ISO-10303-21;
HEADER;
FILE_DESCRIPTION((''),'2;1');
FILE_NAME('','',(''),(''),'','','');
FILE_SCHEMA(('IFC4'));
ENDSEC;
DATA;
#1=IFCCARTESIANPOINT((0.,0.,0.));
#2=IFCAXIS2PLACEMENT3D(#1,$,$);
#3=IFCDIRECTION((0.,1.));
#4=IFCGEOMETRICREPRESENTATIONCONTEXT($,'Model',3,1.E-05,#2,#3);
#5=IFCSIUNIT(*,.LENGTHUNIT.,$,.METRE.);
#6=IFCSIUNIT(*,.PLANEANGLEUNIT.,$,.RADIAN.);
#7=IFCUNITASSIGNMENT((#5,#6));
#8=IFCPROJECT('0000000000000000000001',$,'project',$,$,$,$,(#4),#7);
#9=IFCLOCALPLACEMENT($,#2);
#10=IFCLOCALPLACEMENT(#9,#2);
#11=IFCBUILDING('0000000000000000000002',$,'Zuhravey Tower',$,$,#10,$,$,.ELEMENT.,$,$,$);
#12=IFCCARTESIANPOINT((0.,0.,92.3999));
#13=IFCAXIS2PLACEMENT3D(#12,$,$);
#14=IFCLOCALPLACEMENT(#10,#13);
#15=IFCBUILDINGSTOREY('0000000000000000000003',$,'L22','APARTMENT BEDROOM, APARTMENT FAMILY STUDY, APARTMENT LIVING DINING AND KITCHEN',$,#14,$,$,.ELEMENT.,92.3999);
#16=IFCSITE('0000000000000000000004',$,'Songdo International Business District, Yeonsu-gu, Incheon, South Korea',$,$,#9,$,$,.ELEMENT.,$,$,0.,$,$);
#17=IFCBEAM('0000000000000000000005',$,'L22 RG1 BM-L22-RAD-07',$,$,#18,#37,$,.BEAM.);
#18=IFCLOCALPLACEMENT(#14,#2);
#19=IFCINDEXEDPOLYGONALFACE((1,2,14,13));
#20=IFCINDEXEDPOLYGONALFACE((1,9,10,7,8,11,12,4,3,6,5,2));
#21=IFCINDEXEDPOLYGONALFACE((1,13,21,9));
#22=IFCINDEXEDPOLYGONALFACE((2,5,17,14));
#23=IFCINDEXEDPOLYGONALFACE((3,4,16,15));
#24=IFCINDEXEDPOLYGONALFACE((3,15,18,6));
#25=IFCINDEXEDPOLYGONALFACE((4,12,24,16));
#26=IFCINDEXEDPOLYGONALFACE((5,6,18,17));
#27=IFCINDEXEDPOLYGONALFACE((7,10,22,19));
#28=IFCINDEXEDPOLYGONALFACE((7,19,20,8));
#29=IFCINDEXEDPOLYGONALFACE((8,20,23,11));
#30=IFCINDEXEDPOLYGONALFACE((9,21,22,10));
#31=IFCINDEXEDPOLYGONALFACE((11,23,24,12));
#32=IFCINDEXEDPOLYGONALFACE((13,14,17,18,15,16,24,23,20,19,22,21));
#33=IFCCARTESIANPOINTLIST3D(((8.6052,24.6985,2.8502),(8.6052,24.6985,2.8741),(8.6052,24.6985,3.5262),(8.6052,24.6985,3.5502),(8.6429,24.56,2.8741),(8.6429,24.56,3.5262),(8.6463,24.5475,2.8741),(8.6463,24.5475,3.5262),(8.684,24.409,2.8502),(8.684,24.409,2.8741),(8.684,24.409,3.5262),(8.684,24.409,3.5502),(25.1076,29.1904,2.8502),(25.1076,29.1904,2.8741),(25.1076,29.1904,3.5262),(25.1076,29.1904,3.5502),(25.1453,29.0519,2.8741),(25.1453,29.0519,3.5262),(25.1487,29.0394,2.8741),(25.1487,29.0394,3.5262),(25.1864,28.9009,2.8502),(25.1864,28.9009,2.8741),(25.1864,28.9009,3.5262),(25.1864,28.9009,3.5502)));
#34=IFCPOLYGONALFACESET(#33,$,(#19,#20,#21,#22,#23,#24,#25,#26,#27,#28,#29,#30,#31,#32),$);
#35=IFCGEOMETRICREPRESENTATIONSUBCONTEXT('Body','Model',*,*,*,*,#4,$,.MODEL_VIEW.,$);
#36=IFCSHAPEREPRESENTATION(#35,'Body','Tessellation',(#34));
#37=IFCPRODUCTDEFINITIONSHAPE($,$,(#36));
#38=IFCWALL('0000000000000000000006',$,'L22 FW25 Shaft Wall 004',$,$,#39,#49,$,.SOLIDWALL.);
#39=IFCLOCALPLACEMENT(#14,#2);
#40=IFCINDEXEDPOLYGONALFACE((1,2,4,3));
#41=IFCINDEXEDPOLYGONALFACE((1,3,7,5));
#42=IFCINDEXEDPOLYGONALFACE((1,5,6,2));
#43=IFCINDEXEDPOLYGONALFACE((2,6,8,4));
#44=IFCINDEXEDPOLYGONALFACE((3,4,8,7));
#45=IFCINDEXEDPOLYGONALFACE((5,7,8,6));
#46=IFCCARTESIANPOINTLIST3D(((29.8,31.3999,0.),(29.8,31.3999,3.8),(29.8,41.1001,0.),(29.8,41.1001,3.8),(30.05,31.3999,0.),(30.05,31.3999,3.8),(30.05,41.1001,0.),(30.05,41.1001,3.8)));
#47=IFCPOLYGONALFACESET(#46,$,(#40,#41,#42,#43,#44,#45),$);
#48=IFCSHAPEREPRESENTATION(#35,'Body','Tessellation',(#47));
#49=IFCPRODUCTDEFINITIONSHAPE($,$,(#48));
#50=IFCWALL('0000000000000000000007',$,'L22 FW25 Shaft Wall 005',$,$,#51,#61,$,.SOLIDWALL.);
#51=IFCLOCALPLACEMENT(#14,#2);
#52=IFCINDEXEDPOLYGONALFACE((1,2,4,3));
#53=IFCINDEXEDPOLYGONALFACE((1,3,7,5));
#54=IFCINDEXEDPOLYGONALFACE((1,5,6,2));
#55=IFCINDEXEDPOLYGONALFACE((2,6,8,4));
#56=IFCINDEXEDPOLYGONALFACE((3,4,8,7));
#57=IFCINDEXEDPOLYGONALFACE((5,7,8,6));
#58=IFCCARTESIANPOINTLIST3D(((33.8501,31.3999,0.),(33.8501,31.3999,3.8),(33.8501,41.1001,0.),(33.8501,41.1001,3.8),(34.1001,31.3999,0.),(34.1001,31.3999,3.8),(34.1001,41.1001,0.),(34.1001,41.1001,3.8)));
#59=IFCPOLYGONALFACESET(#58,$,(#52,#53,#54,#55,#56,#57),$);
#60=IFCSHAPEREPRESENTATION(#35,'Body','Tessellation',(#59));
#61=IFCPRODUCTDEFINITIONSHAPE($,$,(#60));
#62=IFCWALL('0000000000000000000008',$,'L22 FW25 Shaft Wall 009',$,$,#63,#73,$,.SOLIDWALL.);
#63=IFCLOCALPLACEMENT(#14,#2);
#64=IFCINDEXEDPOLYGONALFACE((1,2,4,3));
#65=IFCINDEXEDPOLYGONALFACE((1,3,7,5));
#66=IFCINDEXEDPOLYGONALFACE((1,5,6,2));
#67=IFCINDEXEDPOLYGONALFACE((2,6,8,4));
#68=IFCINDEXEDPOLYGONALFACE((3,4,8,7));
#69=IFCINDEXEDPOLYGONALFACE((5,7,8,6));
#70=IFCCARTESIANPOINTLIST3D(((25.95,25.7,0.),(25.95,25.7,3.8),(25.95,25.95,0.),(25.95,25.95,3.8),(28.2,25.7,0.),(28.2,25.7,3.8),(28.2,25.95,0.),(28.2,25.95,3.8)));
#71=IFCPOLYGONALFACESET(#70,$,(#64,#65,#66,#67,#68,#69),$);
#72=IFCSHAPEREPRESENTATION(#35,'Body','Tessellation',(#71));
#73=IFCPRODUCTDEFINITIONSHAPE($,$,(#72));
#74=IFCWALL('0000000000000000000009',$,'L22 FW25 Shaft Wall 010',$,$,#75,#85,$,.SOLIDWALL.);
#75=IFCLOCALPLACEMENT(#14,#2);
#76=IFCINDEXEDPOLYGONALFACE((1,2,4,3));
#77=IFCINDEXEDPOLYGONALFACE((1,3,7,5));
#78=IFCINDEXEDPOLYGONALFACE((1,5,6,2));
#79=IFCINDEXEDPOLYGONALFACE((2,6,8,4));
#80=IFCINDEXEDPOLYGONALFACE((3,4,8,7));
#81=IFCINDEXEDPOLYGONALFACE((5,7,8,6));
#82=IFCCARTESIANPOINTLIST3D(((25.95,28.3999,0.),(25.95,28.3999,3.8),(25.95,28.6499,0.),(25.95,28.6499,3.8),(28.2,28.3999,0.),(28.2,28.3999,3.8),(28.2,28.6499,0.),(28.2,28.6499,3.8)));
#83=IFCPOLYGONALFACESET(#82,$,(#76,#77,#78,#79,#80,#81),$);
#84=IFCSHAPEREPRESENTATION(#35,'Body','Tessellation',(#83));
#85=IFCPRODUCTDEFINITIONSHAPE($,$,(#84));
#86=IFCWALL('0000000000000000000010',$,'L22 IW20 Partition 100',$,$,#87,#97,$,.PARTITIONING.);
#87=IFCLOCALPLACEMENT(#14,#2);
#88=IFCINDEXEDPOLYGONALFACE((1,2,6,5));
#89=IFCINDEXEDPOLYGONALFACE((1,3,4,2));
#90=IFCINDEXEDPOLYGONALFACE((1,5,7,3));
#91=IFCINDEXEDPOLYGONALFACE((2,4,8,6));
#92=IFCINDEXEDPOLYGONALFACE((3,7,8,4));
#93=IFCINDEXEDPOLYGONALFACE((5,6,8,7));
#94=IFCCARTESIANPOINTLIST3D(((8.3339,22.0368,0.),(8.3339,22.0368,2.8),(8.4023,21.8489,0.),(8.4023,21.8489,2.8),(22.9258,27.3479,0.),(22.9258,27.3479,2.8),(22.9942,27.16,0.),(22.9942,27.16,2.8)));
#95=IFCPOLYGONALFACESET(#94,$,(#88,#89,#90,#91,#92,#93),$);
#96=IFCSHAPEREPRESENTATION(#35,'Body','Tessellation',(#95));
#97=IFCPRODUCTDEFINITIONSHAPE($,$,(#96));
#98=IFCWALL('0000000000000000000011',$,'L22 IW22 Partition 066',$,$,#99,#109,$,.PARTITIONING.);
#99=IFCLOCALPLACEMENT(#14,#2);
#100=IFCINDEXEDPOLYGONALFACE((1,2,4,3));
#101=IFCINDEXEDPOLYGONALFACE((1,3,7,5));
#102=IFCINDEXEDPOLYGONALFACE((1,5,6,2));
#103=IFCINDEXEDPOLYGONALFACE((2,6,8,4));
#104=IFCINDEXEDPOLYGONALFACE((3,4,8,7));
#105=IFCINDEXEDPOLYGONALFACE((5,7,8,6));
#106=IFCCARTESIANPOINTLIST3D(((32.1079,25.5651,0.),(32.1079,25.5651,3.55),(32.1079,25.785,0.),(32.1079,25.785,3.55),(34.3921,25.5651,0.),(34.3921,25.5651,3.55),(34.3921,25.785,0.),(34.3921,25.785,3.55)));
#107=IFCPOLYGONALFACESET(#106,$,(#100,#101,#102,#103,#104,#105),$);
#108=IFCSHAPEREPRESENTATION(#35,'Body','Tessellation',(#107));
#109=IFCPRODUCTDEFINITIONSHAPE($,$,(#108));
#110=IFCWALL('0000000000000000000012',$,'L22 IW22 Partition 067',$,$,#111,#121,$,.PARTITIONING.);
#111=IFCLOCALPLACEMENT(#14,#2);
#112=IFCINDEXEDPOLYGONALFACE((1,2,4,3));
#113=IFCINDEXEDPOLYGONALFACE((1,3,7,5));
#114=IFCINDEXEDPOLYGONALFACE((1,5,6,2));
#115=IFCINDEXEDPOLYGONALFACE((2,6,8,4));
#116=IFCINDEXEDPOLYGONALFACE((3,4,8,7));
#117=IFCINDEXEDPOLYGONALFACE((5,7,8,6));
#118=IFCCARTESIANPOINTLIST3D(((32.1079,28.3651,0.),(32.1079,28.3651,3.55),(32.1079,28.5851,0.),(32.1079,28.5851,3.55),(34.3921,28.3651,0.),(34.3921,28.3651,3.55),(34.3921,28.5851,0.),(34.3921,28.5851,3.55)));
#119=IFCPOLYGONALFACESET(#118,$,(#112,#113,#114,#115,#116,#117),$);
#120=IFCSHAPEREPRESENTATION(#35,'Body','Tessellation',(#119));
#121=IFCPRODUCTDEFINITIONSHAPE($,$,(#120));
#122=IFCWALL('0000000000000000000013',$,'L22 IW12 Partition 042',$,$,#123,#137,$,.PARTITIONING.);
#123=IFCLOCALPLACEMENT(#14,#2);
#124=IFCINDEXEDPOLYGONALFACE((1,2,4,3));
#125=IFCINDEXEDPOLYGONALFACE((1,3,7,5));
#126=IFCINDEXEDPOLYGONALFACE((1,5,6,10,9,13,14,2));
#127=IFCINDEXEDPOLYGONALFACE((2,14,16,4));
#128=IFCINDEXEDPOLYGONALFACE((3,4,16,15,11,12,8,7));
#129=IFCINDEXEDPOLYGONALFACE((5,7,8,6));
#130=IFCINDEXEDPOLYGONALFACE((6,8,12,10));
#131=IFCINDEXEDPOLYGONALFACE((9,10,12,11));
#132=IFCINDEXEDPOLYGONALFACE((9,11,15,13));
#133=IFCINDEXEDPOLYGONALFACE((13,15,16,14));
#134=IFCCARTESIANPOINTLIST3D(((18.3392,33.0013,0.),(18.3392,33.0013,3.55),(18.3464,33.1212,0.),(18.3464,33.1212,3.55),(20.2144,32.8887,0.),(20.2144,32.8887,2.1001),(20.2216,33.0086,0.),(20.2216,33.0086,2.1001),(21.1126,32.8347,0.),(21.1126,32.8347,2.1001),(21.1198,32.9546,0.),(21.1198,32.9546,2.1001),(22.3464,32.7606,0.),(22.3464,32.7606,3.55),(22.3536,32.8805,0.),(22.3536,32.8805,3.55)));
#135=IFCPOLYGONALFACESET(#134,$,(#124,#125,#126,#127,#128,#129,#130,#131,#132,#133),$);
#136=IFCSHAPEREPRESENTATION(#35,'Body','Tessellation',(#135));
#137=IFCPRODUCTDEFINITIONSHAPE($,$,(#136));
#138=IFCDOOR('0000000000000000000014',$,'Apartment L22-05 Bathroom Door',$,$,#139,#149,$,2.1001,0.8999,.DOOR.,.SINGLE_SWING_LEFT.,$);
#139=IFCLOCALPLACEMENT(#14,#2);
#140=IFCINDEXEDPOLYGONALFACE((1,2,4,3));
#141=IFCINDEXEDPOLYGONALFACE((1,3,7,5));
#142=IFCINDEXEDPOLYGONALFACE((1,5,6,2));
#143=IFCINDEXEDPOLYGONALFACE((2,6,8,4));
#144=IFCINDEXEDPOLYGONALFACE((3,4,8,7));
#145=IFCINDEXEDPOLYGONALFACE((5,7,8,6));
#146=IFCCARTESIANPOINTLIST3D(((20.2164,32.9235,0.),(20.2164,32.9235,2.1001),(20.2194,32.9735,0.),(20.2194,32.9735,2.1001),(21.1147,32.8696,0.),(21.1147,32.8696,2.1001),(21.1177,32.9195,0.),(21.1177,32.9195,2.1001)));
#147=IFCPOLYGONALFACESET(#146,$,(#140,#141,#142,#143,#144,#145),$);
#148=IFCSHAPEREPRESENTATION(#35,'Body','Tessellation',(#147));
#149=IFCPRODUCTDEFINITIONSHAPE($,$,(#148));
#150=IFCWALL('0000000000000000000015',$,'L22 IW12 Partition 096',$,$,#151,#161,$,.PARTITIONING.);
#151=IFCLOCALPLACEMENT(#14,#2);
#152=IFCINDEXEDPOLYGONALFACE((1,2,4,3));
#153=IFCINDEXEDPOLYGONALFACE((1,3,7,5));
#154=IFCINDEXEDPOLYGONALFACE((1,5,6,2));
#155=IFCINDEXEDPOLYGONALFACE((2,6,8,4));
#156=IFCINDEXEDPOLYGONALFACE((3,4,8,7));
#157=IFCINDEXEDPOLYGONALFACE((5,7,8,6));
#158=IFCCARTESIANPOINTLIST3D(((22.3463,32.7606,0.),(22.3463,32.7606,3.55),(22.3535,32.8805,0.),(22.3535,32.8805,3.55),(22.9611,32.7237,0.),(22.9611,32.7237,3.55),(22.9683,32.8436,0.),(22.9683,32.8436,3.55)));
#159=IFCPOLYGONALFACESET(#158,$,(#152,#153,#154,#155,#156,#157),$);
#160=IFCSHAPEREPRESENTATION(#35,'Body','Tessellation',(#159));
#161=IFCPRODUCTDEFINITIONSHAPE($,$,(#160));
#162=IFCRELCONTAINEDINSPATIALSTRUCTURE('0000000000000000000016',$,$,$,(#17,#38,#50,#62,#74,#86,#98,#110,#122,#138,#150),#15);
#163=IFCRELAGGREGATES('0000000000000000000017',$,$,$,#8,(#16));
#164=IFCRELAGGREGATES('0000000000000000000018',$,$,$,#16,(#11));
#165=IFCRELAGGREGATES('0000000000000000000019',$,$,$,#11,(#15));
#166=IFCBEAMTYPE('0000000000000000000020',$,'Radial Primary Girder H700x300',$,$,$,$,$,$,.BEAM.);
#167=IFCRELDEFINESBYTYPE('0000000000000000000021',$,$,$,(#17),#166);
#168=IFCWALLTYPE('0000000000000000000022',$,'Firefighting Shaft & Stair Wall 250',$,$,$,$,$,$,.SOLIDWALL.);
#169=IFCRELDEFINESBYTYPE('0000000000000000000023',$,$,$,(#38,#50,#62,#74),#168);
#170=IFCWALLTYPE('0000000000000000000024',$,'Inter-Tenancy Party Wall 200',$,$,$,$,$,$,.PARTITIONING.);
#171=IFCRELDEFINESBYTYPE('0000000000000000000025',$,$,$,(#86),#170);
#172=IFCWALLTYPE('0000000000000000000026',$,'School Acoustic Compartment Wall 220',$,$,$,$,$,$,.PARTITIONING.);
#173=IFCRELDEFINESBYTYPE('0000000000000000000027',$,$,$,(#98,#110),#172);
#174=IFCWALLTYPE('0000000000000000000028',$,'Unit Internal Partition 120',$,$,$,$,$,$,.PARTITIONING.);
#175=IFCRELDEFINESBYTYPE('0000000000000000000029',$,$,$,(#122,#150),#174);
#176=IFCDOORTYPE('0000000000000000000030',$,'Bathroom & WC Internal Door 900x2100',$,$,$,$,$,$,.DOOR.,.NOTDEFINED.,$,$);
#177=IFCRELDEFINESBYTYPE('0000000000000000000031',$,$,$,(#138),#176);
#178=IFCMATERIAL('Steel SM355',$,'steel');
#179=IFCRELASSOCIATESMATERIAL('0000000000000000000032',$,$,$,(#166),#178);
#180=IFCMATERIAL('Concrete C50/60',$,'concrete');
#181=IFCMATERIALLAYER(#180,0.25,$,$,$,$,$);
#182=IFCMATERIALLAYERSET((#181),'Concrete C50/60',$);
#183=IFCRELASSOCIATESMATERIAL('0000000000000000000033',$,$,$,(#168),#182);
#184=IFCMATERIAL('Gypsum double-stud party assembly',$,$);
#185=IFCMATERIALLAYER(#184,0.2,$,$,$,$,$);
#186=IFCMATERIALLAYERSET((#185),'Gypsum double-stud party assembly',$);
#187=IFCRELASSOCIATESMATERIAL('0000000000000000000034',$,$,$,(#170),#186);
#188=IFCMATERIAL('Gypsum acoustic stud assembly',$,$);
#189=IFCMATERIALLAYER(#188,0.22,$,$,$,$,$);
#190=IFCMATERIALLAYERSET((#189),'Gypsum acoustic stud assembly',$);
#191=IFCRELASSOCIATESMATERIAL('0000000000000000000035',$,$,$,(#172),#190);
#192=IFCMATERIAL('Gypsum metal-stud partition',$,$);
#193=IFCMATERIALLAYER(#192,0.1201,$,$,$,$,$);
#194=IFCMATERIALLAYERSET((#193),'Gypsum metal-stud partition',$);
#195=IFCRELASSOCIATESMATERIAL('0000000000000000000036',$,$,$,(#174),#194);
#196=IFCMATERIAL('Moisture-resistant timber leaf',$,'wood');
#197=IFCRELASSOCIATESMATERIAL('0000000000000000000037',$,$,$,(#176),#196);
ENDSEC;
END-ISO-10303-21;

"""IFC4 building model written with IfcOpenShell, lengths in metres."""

from ifc_helpers import new_model, si_unit, direction, frame, frame_2d, origin, origin_2d, place, context, subcontext, project, spatial, rectangle, i_section, extrude, material, layer, layer_set, material_profile, profile_set, type_object, element, fill, save


model = new_model("IFC4")

# Units and contexts
model_context = context("Model", 3, precision=1e-05, world=origin(), true_north=direction((0.0, 1.0)))
body_context = subcontext(model_context, "Body", "Model", "MODEL_VIEW")
ifc_project = project(units=[si_unit("LENGTHUNIT", "METRE"), si_unit("PLANEANGLEUNIT", "RADIAN")], contexts=[model_context])

# Site, building, storey
site_placement = place(None, origin())
site = spatial("IfcSite", under=ifc_project, at=site_placement, Name="Songdo International Business District, Yeonsu-gu, Incheon, South Korea", CompositionType="ELEMENT", RefElevation=0.0)
building_placement = place(site_placement, origin())
building = spatial("IfcBuilding", under=site, at=building_placement, Name="Zuhravey Tower", CompositionType="ELEMENT")
storey_placement = place(building_placement, frame((0.0, 0.0, 92.3999)))
storey = spatial("IfcBuildingStorey", under=building, at=storey_placement, Name="L22", Description="APARTMENT BEDROOM, APARTMENT FAMILY STUDY, APARTMENT LIVING DINING AND KITCHEN", CompositionType="ELEMENT", Elevation=92.3999)

# Beam
ifc_material_1 = material(Name="Steel SM355", Category="steel")
ifc_material_profile = material_profile(ifc_material_1, i_section(OverallWidth=0.3, OverallDepth=0.7, WebThickness=0.0129, FlangeThickness=0.0239, at=origin_2d()), Name="H-700x300x13x24")
ifc_profile_set = profile_set([ifc_material_profile], Name="Steel SM355")
beam_type = type_object("IfcBeamType", Name="Radial Primary Girder H700x300", PredefinedType="BEAM", material=ifc_profile_set)
beam_placement = place(storey_placement, frame((25.147, 29.0457, 3.2002), z_axis=(-0.964893, -0.262643, 0.0), x_axis=(0.262643, -0.964893, 0.0)))
element("IfcBeam", 1, at=beam_placement, inside=storey, type_object=beam_type, Name="L22 RG1 BM-L22-RAD-07", PredefinedType="BEAM", context=body_context, shape_type="SweptSolid", body=[
    extrude(i_section(OverallWidth=0.3, OverallDepth=0.7, WebThickness=0.0129, FlangeThickness=0.0239, at=origin_2d()), origin(), (0.0, 0.0, 1.0), 17.1028),
])

# Shared definitions
ifc_material_2 = material(Name="Concrete C50/60", Category="concrete")
ifc_layer_1 = layer(ifc_material_2, 0.25)
ifc_layer_set_1 = layer_set([ifc_layer_1], Name="Concrete C50/60")
wall_type_1 = type_object("IfcWallType", Name="Firefighting Shaft & Stair Wall 250", PredefinedType="SOLIDWALL", material=ifc_layer_set_1)

# Walls
for number, where, z_axis, x_axis, name in (
    (2, (29.925, 31.3999, 0.0), (0.0, 0.0, 1.0), (0.0, 1.0, 0.0), "L22 FW25 Shaft Wall 004"),
    (3, (33.9751, 31.3999, 0.0), (0.0, 0.0, 1.0), (0.0, 1.0, 0.0), "L22 FW25 Shaft Wall 005"),
):
    element("IfcWall", number, at=place(storey_placement, frame(where, z_axis=z_axis, x_axis=x_axis)), inside=storey, type_object=wall_type_1, Name=name, PredefinedType="SOLIDWALL", context=body_context, shape_type="SweptSolid", body=[
        extrude(rectangle(XDim=9.7002, YDim=0.25, at=frame_2d((4.8501, 0.0))), origin(), (0.0, 0.0, 1.0), 3.8),
    ])
for number, where, z_axis, x_axis, name in (
    (4, (25.95, 25.825, 0.0), (0.0, 0.0, 1.0), (1.0, 0.0, 0.0), "L22 FW25 Shaft Wall 009"),
    (5, (25.95, 28.5249, 0.0), (0.0, 0.0, 1.0), (1.0, 0.0, 0.0), "L22 FW25 Shaft Wall 010"),
):
    element("IfcWall", number, at=place(storey_placement, frame(where, z_axis=z_axis, x_axis=x_axis)), inside=storey, type_object=wall_type_1, Name=name, PredefinedType="SOLIDWALL", context=body_context, shape_type="SweptSolid", body=[
        extrude(rectangle(XDim=2.25, YDim=0.25, at=frame_2d((1.125, 0.0))), origin(), (0.0, 0.0, 1.0), 3.8),
    ])
ifc_material_3 = material(Name="Gypsum double-stud party assembly")
ifc_layer_2 = layer(ifc_material_3, 0.2)
ifc_layer_set_2 = layer_set([ifc_layer_2], Name="Gypsum double-stud party assembly")
wall_type_2 = type_object("IfcWallType", Name="Inter-Tenancy Party Wall 200", PredefinedType="PARTITIONING", material=ifc_layer_set_2)
wall_1_placement = place(storey_placement, frame((22.96, 27.2539, 0.0), z_axis=(0.0, 0.0, 1.0), x_axis=(-0.939691, -0.342023, 0.0)))
element("IfcWall", 6, at=wall_1_placement, inside=storey, type_object=wall_type_2, Name="L22 IW20 Partition 100", PredefinedType="PARTITIONING", context=body_context, shape_type="SweptSolid", body=[
    extrude(rectangle(XDim=15.5283, YDim=0.2, at=frame_2d((7.7642, 0.0))), origin(), (0.0, 0.0, 1.0), 2.8),
])
ifc_material_4 = material(Name="Gypsum acoustic stud assembly")
ifc_layer_3 = layer(ifc_material_4, 0.22)
ifc_layer_set_3 = layer_set([ifc_layer_3], Name="Gypsum acoustic stud assembly")
wall_type_3 = type_object("IfcWallType", Name="School Acoustic Compartment Wall 220", PredefinedType="PARTITIONING", material=ifc_layer_set_3)
for number, where, z_axis, x_axis, name in (
    (7, (32.1079, 25.675, 0.0), (0.0, 0.0, 1.0), (1.0, 0.0, 0.0), "L22 IW22 Partition 066"),
    (8, (32.1079, 28.4751, 0.0), (0.0, 0.0, 1.0), (1.0, 0.0, 0.0), "L22 IW22 Partition 067"),
):
    element("IfcWall", number, at=place(storey_placement, frame(where, z_axis=z_axis, x_axis=x_axis)), inside=storey, type_object=wall_type_3, Name=name, PredefinedType="PARTITIONING", context=body_context, shape_type="SweptSolid", body=[
        extrude(rectangle(XDim=2.2842, YDim=0.22, at=frame_2d((1.1421, 0.0))), origin(), (0.0, 0.0, 1.0), 3.55),
    ])

# Wall, opening, door
ifc_material_5 = material(Name="Gypsum metal-stud partition")
ifc_layer_4 = layer(ifc_material_5, 0.1201)
ifc_layer_set_4 = layer_set([ifc_layer_4], Name="Gypsum metal-stud partition")
wall_type_4 = type_object("IfcWallType", Name="Unit Internal Partition 120", PredefinedType="PARTITIONING", material=ifc_layer_set_4)
wall_2_placement = place(storey_placement, frame((22.3501, 32.8206, 0.0), z_axis=(0.0, 0.0, 1.0), x_axis=(-0.9982, 0.059966, 0.0)))
wall_2 = element("IfcWall", 9, at=wall_2_placement, inside=storey, type_object=wall_type_4, Name="L22 IW12 Partition 042", PredefinedType="PARTITIONING", context=body_context, shape_type="SweptSolid", body=[
    extrude(rectangle(XDim=4.0144, YDim=0.1201, at=frame_2d((2.0073, 0.0))), origin(), (0.0, 0.0, 1.0), 3.55),
])
opening_1_placement = place(wall_2_placement, frame((1.2361, 0.0, 0.0)))
opening_1 = element("IfcOpeningElement", 10, at=opening_1_placement, cuts=wall_2, PredefinedType="OPENING", context=body_context, shape_type="SweptSolid", body=[
    extrude(rectangle(XDim=0.8999, YDim=2.1001, at=frame_2d((0.45, 1.05))), frame((0.0, 0.072, 0.0), z_axis=(0.0, -1.0, 0.0), x_axis=(1.0, 0.0, 0.0)), (0.0, 0.0, 1.0), 0.144),
])
ifc_material_6 = material(Name="Moisture-resistant timber leaf", Category="wood")
door_type_1 = type_object("IfcDoorType", Name="Bathroom & WC Internal Door 900x2100", OperationType="NOTDEFINED", PredefinedType="DOOR", material=ifc_material_6)
door_1_placement = place(opening_1_placement, frame((0.8999, 0.0, 0.0), z_axis=(0.0, 0.0, 1.0), x_axis=(-1.0, 0.0, 0.0)))
door_1 = element("IfcDoor", 11, at=door_1_placement, inside=storey, type_object=door_type_1, Name="Apartment L22-05 Bathroom Door", OperationType="SINGLE_SWING_LEFT", OverallHeight=2.1001, OverallWidth=0.8999, PredefinedType="DOOR", context=body_context, shape_type="SweptSolid", body=[
    extrude(rectangle(XDim=0.8999, YDim=2.1001, at=frame_2d((0.45, 1.05))), frame((0.0, 0.0249, 0.0), z_axis=(0.0, -1.0, 0.0), x_axis=(1.0, 0.0, 0.0)), (0.0, 0.0, 1.0), 0.05),
])
fill(opening_1, door_1)

# Wall
wall_3_placement = place(storey_placement, frame((22.9648, 32.7837, 0.0), z_axis=(0.0, 0.0, 1.0), x_axis=(-0.998207, 0.059861, 0.0)))
element("IfcWall", 12, at=wall_3_placement, inside=storey, type_object=wall_type_4, Name="L22 IW12 Partition 096", PredefinedType="PARTITIONING", context=body_context, shape_type="SweptSolid", body=[
    extrude(rectangle(XDim=0.616, YDim=0.1201, at=frame_2d((0.3081, 0.0))), origin(), (0.0, 0.0, 1.0), 3.55),
])

save(model, "model.ifc")
